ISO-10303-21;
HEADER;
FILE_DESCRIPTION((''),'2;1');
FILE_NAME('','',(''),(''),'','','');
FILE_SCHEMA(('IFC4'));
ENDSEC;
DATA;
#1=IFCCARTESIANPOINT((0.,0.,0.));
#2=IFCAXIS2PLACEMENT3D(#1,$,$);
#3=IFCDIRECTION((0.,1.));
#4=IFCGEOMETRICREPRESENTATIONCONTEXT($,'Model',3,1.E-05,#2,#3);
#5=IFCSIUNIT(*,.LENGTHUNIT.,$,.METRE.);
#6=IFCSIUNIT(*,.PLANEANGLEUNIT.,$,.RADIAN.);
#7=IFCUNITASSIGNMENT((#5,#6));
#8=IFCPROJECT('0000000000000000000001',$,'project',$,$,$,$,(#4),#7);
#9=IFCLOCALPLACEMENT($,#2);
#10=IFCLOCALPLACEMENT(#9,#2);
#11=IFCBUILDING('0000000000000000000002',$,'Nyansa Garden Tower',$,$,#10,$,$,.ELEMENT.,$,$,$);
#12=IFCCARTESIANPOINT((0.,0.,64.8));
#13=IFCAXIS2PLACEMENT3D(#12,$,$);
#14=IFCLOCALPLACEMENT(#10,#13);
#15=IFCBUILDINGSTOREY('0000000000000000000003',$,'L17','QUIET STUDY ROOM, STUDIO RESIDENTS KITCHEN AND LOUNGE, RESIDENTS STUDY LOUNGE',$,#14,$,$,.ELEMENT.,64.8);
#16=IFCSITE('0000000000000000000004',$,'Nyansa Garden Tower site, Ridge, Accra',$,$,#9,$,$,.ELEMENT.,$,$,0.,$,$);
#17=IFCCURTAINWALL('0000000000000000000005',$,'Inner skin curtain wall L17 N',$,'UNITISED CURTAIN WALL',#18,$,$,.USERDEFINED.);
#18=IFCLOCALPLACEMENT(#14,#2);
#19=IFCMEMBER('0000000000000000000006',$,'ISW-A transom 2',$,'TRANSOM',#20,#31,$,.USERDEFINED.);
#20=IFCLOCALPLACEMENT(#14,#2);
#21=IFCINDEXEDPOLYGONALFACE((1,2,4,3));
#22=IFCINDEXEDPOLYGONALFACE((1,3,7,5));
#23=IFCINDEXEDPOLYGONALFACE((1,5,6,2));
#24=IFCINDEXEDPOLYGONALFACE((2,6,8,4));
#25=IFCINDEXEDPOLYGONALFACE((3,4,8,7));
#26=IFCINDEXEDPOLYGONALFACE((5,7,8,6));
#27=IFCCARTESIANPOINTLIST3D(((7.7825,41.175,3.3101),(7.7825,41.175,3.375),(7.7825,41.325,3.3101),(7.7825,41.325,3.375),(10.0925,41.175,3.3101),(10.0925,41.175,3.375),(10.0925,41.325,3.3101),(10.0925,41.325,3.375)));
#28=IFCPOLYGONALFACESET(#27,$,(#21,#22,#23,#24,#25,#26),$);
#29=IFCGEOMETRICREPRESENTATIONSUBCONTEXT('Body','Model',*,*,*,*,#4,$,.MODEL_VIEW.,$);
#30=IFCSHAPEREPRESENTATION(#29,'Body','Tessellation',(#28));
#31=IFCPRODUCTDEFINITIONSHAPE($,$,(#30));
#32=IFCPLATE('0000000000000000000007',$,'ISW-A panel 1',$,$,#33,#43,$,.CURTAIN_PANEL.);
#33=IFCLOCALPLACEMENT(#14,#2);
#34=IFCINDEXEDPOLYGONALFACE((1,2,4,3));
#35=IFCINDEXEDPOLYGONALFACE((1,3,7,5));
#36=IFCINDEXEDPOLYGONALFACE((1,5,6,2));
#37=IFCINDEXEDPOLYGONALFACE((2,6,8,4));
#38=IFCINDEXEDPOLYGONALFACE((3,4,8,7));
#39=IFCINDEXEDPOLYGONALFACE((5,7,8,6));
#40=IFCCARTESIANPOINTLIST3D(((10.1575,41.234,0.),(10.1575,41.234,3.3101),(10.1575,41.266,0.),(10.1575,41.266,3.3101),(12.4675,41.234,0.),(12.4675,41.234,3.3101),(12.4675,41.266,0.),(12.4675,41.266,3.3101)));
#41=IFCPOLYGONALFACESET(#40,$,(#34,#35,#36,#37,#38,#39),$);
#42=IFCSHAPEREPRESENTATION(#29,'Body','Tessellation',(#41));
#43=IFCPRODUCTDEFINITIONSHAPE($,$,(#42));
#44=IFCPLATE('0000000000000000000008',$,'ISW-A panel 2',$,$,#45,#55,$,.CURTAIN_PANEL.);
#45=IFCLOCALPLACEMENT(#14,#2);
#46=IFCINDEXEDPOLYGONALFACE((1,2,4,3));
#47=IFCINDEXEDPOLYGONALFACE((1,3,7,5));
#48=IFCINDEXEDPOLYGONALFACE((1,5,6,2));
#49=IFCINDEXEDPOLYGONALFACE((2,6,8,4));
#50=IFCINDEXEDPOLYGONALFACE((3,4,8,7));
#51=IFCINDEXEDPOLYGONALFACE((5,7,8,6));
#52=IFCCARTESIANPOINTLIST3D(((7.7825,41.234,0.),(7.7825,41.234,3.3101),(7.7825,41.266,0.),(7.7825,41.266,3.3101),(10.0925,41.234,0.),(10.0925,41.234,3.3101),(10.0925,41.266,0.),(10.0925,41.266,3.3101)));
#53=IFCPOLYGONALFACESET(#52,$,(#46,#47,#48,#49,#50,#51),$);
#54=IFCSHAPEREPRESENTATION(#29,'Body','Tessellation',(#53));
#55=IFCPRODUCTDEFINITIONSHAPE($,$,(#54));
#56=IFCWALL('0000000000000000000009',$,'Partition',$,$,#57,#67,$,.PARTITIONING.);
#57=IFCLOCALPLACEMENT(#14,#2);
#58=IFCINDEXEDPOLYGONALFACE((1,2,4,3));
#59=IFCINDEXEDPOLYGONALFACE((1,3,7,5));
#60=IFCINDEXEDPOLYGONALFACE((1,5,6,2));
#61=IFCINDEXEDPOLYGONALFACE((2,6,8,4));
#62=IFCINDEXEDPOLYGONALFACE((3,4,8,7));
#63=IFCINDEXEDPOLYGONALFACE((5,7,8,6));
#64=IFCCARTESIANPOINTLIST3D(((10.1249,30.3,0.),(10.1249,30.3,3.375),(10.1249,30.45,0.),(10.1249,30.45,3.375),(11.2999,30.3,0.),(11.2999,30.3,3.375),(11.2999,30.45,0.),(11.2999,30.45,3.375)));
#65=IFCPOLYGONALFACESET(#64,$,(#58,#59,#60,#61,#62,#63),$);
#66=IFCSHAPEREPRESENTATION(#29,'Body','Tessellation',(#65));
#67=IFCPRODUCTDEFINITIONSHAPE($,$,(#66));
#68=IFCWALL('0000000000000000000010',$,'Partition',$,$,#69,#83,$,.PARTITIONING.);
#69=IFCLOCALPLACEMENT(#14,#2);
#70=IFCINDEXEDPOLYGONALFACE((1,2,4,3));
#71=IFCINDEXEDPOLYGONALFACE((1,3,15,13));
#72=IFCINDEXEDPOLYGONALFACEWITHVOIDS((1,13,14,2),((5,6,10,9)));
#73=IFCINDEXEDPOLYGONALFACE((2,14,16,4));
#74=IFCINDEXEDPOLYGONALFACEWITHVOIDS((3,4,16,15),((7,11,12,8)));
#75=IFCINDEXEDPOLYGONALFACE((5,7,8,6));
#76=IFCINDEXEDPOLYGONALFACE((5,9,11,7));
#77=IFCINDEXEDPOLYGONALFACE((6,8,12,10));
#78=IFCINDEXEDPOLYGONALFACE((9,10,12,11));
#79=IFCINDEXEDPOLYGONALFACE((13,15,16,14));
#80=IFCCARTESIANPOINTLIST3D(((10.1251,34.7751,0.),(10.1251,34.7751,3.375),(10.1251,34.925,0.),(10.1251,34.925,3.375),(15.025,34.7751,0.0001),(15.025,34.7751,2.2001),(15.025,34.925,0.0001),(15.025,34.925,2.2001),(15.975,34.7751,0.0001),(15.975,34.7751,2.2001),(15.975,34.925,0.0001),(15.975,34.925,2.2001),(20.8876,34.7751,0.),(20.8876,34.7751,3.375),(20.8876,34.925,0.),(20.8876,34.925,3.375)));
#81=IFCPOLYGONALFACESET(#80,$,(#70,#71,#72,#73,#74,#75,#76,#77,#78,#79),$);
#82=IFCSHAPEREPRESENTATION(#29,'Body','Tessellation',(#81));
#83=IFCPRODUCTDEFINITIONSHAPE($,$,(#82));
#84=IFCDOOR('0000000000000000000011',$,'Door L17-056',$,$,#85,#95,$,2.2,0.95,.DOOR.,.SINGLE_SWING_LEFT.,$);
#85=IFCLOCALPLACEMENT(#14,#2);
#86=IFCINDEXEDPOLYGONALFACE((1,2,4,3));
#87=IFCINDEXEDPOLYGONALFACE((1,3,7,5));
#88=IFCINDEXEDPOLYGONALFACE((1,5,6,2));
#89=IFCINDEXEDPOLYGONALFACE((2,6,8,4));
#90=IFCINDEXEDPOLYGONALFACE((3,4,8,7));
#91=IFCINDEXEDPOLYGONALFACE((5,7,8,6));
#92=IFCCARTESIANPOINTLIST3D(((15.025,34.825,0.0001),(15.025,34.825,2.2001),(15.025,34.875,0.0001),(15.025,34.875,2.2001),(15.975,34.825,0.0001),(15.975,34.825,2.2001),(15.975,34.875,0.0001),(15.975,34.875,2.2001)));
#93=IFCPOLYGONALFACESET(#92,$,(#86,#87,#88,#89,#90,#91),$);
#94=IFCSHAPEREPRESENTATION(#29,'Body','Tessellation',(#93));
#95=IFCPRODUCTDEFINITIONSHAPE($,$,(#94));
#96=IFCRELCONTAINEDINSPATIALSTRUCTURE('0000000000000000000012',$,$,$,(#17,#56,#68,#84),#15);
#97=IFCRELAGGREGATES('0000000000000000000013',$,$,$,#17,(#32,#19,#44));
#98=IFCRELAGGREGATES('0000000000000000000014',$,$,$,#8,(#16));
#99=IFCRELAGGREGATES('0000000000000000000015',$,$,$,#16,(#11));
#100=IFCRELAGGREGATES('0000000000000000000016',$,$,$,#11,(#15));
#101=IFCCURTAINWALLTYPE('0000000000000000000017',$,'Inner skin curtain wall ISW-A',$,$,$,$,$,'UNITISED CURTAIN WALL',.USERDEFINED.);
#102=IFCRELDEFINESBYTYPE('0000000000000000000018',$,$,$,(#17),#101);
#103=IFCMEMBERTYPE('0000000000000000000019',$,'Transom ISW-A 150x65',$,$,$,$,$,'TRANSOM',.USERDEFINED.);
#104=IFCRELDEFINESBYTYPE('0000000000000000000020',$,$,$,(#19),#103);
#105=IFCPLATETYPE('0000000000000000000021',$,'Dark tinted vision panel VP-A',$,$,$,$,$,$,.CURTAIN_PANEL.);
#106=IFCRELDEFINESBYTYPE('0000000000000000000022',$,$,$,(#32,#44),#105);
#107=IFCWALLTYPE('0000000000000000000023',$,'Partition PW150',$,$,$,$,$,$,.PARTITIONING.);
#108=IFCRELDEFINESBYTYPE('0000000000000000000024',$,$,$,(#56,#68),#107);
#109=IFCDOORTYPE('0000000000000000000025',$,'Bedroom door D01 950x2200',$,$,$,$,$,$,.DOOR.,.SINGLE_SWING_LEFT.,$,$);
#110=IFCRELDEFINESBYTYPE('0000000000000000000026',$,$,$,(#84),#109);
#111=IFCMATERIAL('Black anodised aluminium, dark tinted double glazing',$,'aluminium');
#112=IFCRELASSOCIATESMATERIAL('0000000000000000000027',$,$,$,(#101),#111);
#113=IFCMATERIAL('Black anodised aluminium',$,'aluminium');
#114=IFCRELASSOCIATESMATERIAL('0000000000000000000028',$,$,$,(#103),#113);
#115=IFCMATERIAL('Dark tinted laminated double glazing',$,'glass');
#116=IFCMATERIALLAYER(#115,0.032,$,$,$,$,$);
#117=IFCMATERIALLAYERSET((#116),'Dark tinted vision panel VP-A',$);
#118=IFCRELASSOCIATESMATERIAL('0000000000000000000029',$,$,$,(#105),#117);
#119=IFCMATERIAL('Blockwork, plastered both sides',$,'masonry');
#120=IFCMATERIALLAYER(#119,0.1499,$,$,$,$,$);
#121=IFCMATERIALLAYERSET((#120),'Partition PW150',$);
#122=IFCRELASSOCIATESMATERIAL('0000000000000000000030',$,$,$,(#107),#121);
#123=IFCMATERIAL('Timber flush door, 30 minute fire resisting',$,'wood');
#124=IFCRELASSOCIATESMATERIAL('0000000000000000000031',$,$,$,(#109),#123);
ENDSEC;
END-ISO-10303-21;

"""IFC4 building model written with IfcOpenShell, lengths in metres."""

from ifc_helpers import new_model, si_unit, direction, frame, frame_2d, origin, origin_2d, place, context, subcontext, project, spatial, rectangle, extrude, material, layer, layer_set, material_profile, profile_set, type_object, element, fill, aggregate, save


model = new_model("IFC4")

# Units and contexts
model_context = context("Model", 3, precision=1e-05, world=origin(), true_north=direction((0.0, 1.0)))
body_context = subcontext(model_context, "Body", "Model", "MODEL_VIEW")
ifc_project = project(units=[si_unit("LENGTHUNIT", "METRE"), si_unit("PLANEANGLEUNIT", "RADIAN")], contexts=[model_context])

# Site, building, storey
site_placement = place(None, origin())
site = spatial("IfcSite", under=ifc_project, at=site_placement, Name="Nyansa Garden Tower site, Ridge, Accra", CompositionType="ELEMENT", RefElevation=0.0)
building_placement = place(site_placement, origin())
building = spatial("IfcBuilding", under=site, at=building_placement, Name="Nyansa Garden Tower", CompositionType="ELEMENT")
storey_placement = place(building_placement, frame((0.0, 0.0, 64.8)))
storey = spatial("IfcBuildingStorey", under=building, at=storey_placement, Name="L17", Description="QUIET STUDY ROOM, STUDIO RESIDENTS KITCHEN AND LOUNGE, RESIDENTS STUDY LOUNGE", CompositionType="ELEMENT", Elevation=64.8)

# Curtain wall
ifc_material_1 = material(Name="Black anodised aluminium, dark tinted double glazing", Category="aluminium")
curtain_wall_type = type_object("IfcCurtainWallType", Name="Inner skin curtain wall ISW-A", ElementType="UNITISED CURTAIN WALL", PredefinedType="USERDEFINED", material=ifc_material_1)
curtain_wall_placement = place(storey_placement, origin())
curtain_wall = element("IfcCurtainWall", 1, at=curtain_wall_placement, inside=storey, type_object=curtain_wall_type, Name="Inner skin curtain wall L17 N", ObjectType="UNITISED CURTAIN WALL", PredefinedType="USERDEFINED")

# Member
ifc_material_2 = material(Name="Black anodised aluminium", Category="aluminium")
ifc_material_profile_1 = material_profile(ifc_material_2, rectangle(XDim=0.1499, YDim=0.0649, at=origin_2d()), Name="Transom 150x65")
ifc_profile_set_1 = profile_set([ifc_material_profile_1], Name="Black anodised aluminium")
member_type_1 = type_object("IfcMemberType", Name="Transom ISW-A 150x65", ElementType="TRANSOM", PredefinedType="USERDEFINED", material=ifc_profile_set_1)
member_1_placement = place(storey_placement, frame((10.0925, 41.25, 3.3425), z_axis=(-1.0, 0.0, 0.0), x_axis=(0.0, -1.0, 0.0)))
member_1 = element("IfcMember", 2, at=member_1_placement, type_object=member_type_1, Name="ISW-A transom 2", ObjectType="TRANSOM", PredefinedType="USERDEFINED", context=body_context, shape_type="SweptSolid", body=[
    extrude(rectangle(XDim=0.1499, YDim=0.0649, at=origin_2d()), origin(), (0.0, 0.0, 1.0), 2.3101),
])

# Plates
ifc_material_3 = material(Name="Dark tinted laminated double glazing", Category="glass")
ifc_layer_1 = layer(ifc_material_3, 0.032)
ifc_layer_set_1 = layer_set([ifc_layer_1], Name="Dark tinted vision panel VP-A")
plate_type = type_object("IfcPlateType", Name="Dark tinted vision panel VP-A", PredefinedType="CURTAIN_PANEL", material=ifc_layer_set_1)
plate_1_placement = place(storey_placement, frame((11.3125, 41.25, 0.0), z_axis=(0.0, 0.0, 1.0), x_axis=(-1.0, 0.0, 0.0)))
plate_1 = element("IfcPlate", 3, at=plate_1_placement, type_object=plate_type, Name="ISW-A panel 1", PredefinedType="CURTAIN_PANEL", context=body_context, shape_type="SweptSolid", body=[
    extrude(rectangle(XDim=2.3101, YDim=0.032, at=origin_2d()), origin(), (0.0, 0.0, 1.0), 3.3101),
])
plate_2_placement = place(storey_placement, frame((8.9375, 41.25, 0.0), z_axis=(0.0, 0.0, 1.0), x_axis=(-1.0, 0.0, 0.0)))
plate_2 = element("IfcPlate", 4, at=plate_2_placement, type_object=plate_type, Name="ISW-A panel 2", PredefinedType="CURTAIN_PANEL", context=body_context, shape_type="SweptSolid", body=[
    extrude(rectangle(XDim=2.3101, YDim=0.032, at=origin_2d()), origin(), (0.0, 0.0, 1.0), 3.3101),
])
aggregate(curtain_wall, [plate_1, member_1, plate_2])

# Wall
ifc_material_4 = material(Name="Blockwork, plastered both sides", Category="masonry")
ifc_layer_2 = layer(ifc_material_4, 0.1499)
ifc_layer_set_2 = layer_set([ifc_layer_2], Name="Partition PW150")
wall_type_1 = type_object("IfcWallType", Name="Partition PW150", PredefinedType="PARTITIONING", material=ifc_layer_set_2)
wall_1_placement = place(storey_placement, frame((10.125, 30.375, 0.0), z_axis=(0.0, 0.0, 1.0), x_axis=(1.0, 0.0, 0.0)))
element("IfcWall", 5, at=wall_1_placement, inside=storey, type_object=wall_type_1, Name="Partition", PredefinedType="PARTITIONING", context=body_context, shape_type="SweptSolid", body=[
    extrude(rectangle(XDim=1.175, YDim=0.1499, at=frame_2d((0.5874, 0.0))), origin(), (0.0, 0.0, 1.0), 3.375),
])

# Wall, opening, door
wall_2_placement = place(storey_placement, frame((10.125, 34.8501, 0.0), z_axis=(0.0, 0.0, 1.0), x_axis=(1.0, 0.0, 0.0)))
wall_2 = element("IfcWall", 6, at=wall_2_placement, inside=storey, type_object=wall_type_1, Name="Partition", PredefinedType="PARTITIONING", context=body_context, shape_type="SweptSolid", body=[
    extrude(rectangle(XDim=10.7625, YDim=0.1499, at=frame_2d((5.3813, 0.0))), origin(), (0.0, 0.0, 1.0), 3.375),
])
opening_1_placement = place(wall_2_placement, frame((4.8999, 0.0, 0.0)))
opening_1 = element("IfcOpeningElement", 7, at=opening_1_placement, cuts=wall_2, PredefinedType="OPENING", context=body_context, shape_type="SweptSolid", body=[
    extrude(rectangle(XDim=0.95, YDim=2.2, at=frame_2d((0.4751, 1.1001))), frame((0.0, 0.085, 0.0), z_axis=(0.0, -1.0, 0.0), x_axis=(1.0, 0.0, 0.0)), (0.0, 0.0, 1.0), 0.1699),
])
ifc_material_5 = material(Name="Timber flush door, 30 minute fire resisting", Category="wood")
door_type_1 = type_object("IfcDoorType", Name="Bedroom door D01 950x2200", OperationType="SINGLE_SWING_LEFT", PredefinedType="DOOR", material=ifc_material_5)
door_1_placement = place(opening_1_placement, origin())
door_1 = element("IfcDoor", 8, at=door_1_placement, inside=storey, type_object=door_type_1, Name="Door L17-056", OperationType="SINGLE_SWING_LEFT", OverallHeight=2.2, OverallWidth=0.95, PredefinedType="DOOR", context=body_context, shape_type="SweptSolid", body=[
    extrude(rectangle(XDim=0.95, YDim=2.2, at=frame_2d((0.4751, 1.1001))), frame((0.0, 0.0249, 0.0), z_axis=(0.0, -1.0, 0.0), x_axis=(1.0, 0.0, 0.0)), (0.0, 0.0, 1.0), 0.05),
])
fill(opening_1, door_1)

save(model, "model.ifc")
